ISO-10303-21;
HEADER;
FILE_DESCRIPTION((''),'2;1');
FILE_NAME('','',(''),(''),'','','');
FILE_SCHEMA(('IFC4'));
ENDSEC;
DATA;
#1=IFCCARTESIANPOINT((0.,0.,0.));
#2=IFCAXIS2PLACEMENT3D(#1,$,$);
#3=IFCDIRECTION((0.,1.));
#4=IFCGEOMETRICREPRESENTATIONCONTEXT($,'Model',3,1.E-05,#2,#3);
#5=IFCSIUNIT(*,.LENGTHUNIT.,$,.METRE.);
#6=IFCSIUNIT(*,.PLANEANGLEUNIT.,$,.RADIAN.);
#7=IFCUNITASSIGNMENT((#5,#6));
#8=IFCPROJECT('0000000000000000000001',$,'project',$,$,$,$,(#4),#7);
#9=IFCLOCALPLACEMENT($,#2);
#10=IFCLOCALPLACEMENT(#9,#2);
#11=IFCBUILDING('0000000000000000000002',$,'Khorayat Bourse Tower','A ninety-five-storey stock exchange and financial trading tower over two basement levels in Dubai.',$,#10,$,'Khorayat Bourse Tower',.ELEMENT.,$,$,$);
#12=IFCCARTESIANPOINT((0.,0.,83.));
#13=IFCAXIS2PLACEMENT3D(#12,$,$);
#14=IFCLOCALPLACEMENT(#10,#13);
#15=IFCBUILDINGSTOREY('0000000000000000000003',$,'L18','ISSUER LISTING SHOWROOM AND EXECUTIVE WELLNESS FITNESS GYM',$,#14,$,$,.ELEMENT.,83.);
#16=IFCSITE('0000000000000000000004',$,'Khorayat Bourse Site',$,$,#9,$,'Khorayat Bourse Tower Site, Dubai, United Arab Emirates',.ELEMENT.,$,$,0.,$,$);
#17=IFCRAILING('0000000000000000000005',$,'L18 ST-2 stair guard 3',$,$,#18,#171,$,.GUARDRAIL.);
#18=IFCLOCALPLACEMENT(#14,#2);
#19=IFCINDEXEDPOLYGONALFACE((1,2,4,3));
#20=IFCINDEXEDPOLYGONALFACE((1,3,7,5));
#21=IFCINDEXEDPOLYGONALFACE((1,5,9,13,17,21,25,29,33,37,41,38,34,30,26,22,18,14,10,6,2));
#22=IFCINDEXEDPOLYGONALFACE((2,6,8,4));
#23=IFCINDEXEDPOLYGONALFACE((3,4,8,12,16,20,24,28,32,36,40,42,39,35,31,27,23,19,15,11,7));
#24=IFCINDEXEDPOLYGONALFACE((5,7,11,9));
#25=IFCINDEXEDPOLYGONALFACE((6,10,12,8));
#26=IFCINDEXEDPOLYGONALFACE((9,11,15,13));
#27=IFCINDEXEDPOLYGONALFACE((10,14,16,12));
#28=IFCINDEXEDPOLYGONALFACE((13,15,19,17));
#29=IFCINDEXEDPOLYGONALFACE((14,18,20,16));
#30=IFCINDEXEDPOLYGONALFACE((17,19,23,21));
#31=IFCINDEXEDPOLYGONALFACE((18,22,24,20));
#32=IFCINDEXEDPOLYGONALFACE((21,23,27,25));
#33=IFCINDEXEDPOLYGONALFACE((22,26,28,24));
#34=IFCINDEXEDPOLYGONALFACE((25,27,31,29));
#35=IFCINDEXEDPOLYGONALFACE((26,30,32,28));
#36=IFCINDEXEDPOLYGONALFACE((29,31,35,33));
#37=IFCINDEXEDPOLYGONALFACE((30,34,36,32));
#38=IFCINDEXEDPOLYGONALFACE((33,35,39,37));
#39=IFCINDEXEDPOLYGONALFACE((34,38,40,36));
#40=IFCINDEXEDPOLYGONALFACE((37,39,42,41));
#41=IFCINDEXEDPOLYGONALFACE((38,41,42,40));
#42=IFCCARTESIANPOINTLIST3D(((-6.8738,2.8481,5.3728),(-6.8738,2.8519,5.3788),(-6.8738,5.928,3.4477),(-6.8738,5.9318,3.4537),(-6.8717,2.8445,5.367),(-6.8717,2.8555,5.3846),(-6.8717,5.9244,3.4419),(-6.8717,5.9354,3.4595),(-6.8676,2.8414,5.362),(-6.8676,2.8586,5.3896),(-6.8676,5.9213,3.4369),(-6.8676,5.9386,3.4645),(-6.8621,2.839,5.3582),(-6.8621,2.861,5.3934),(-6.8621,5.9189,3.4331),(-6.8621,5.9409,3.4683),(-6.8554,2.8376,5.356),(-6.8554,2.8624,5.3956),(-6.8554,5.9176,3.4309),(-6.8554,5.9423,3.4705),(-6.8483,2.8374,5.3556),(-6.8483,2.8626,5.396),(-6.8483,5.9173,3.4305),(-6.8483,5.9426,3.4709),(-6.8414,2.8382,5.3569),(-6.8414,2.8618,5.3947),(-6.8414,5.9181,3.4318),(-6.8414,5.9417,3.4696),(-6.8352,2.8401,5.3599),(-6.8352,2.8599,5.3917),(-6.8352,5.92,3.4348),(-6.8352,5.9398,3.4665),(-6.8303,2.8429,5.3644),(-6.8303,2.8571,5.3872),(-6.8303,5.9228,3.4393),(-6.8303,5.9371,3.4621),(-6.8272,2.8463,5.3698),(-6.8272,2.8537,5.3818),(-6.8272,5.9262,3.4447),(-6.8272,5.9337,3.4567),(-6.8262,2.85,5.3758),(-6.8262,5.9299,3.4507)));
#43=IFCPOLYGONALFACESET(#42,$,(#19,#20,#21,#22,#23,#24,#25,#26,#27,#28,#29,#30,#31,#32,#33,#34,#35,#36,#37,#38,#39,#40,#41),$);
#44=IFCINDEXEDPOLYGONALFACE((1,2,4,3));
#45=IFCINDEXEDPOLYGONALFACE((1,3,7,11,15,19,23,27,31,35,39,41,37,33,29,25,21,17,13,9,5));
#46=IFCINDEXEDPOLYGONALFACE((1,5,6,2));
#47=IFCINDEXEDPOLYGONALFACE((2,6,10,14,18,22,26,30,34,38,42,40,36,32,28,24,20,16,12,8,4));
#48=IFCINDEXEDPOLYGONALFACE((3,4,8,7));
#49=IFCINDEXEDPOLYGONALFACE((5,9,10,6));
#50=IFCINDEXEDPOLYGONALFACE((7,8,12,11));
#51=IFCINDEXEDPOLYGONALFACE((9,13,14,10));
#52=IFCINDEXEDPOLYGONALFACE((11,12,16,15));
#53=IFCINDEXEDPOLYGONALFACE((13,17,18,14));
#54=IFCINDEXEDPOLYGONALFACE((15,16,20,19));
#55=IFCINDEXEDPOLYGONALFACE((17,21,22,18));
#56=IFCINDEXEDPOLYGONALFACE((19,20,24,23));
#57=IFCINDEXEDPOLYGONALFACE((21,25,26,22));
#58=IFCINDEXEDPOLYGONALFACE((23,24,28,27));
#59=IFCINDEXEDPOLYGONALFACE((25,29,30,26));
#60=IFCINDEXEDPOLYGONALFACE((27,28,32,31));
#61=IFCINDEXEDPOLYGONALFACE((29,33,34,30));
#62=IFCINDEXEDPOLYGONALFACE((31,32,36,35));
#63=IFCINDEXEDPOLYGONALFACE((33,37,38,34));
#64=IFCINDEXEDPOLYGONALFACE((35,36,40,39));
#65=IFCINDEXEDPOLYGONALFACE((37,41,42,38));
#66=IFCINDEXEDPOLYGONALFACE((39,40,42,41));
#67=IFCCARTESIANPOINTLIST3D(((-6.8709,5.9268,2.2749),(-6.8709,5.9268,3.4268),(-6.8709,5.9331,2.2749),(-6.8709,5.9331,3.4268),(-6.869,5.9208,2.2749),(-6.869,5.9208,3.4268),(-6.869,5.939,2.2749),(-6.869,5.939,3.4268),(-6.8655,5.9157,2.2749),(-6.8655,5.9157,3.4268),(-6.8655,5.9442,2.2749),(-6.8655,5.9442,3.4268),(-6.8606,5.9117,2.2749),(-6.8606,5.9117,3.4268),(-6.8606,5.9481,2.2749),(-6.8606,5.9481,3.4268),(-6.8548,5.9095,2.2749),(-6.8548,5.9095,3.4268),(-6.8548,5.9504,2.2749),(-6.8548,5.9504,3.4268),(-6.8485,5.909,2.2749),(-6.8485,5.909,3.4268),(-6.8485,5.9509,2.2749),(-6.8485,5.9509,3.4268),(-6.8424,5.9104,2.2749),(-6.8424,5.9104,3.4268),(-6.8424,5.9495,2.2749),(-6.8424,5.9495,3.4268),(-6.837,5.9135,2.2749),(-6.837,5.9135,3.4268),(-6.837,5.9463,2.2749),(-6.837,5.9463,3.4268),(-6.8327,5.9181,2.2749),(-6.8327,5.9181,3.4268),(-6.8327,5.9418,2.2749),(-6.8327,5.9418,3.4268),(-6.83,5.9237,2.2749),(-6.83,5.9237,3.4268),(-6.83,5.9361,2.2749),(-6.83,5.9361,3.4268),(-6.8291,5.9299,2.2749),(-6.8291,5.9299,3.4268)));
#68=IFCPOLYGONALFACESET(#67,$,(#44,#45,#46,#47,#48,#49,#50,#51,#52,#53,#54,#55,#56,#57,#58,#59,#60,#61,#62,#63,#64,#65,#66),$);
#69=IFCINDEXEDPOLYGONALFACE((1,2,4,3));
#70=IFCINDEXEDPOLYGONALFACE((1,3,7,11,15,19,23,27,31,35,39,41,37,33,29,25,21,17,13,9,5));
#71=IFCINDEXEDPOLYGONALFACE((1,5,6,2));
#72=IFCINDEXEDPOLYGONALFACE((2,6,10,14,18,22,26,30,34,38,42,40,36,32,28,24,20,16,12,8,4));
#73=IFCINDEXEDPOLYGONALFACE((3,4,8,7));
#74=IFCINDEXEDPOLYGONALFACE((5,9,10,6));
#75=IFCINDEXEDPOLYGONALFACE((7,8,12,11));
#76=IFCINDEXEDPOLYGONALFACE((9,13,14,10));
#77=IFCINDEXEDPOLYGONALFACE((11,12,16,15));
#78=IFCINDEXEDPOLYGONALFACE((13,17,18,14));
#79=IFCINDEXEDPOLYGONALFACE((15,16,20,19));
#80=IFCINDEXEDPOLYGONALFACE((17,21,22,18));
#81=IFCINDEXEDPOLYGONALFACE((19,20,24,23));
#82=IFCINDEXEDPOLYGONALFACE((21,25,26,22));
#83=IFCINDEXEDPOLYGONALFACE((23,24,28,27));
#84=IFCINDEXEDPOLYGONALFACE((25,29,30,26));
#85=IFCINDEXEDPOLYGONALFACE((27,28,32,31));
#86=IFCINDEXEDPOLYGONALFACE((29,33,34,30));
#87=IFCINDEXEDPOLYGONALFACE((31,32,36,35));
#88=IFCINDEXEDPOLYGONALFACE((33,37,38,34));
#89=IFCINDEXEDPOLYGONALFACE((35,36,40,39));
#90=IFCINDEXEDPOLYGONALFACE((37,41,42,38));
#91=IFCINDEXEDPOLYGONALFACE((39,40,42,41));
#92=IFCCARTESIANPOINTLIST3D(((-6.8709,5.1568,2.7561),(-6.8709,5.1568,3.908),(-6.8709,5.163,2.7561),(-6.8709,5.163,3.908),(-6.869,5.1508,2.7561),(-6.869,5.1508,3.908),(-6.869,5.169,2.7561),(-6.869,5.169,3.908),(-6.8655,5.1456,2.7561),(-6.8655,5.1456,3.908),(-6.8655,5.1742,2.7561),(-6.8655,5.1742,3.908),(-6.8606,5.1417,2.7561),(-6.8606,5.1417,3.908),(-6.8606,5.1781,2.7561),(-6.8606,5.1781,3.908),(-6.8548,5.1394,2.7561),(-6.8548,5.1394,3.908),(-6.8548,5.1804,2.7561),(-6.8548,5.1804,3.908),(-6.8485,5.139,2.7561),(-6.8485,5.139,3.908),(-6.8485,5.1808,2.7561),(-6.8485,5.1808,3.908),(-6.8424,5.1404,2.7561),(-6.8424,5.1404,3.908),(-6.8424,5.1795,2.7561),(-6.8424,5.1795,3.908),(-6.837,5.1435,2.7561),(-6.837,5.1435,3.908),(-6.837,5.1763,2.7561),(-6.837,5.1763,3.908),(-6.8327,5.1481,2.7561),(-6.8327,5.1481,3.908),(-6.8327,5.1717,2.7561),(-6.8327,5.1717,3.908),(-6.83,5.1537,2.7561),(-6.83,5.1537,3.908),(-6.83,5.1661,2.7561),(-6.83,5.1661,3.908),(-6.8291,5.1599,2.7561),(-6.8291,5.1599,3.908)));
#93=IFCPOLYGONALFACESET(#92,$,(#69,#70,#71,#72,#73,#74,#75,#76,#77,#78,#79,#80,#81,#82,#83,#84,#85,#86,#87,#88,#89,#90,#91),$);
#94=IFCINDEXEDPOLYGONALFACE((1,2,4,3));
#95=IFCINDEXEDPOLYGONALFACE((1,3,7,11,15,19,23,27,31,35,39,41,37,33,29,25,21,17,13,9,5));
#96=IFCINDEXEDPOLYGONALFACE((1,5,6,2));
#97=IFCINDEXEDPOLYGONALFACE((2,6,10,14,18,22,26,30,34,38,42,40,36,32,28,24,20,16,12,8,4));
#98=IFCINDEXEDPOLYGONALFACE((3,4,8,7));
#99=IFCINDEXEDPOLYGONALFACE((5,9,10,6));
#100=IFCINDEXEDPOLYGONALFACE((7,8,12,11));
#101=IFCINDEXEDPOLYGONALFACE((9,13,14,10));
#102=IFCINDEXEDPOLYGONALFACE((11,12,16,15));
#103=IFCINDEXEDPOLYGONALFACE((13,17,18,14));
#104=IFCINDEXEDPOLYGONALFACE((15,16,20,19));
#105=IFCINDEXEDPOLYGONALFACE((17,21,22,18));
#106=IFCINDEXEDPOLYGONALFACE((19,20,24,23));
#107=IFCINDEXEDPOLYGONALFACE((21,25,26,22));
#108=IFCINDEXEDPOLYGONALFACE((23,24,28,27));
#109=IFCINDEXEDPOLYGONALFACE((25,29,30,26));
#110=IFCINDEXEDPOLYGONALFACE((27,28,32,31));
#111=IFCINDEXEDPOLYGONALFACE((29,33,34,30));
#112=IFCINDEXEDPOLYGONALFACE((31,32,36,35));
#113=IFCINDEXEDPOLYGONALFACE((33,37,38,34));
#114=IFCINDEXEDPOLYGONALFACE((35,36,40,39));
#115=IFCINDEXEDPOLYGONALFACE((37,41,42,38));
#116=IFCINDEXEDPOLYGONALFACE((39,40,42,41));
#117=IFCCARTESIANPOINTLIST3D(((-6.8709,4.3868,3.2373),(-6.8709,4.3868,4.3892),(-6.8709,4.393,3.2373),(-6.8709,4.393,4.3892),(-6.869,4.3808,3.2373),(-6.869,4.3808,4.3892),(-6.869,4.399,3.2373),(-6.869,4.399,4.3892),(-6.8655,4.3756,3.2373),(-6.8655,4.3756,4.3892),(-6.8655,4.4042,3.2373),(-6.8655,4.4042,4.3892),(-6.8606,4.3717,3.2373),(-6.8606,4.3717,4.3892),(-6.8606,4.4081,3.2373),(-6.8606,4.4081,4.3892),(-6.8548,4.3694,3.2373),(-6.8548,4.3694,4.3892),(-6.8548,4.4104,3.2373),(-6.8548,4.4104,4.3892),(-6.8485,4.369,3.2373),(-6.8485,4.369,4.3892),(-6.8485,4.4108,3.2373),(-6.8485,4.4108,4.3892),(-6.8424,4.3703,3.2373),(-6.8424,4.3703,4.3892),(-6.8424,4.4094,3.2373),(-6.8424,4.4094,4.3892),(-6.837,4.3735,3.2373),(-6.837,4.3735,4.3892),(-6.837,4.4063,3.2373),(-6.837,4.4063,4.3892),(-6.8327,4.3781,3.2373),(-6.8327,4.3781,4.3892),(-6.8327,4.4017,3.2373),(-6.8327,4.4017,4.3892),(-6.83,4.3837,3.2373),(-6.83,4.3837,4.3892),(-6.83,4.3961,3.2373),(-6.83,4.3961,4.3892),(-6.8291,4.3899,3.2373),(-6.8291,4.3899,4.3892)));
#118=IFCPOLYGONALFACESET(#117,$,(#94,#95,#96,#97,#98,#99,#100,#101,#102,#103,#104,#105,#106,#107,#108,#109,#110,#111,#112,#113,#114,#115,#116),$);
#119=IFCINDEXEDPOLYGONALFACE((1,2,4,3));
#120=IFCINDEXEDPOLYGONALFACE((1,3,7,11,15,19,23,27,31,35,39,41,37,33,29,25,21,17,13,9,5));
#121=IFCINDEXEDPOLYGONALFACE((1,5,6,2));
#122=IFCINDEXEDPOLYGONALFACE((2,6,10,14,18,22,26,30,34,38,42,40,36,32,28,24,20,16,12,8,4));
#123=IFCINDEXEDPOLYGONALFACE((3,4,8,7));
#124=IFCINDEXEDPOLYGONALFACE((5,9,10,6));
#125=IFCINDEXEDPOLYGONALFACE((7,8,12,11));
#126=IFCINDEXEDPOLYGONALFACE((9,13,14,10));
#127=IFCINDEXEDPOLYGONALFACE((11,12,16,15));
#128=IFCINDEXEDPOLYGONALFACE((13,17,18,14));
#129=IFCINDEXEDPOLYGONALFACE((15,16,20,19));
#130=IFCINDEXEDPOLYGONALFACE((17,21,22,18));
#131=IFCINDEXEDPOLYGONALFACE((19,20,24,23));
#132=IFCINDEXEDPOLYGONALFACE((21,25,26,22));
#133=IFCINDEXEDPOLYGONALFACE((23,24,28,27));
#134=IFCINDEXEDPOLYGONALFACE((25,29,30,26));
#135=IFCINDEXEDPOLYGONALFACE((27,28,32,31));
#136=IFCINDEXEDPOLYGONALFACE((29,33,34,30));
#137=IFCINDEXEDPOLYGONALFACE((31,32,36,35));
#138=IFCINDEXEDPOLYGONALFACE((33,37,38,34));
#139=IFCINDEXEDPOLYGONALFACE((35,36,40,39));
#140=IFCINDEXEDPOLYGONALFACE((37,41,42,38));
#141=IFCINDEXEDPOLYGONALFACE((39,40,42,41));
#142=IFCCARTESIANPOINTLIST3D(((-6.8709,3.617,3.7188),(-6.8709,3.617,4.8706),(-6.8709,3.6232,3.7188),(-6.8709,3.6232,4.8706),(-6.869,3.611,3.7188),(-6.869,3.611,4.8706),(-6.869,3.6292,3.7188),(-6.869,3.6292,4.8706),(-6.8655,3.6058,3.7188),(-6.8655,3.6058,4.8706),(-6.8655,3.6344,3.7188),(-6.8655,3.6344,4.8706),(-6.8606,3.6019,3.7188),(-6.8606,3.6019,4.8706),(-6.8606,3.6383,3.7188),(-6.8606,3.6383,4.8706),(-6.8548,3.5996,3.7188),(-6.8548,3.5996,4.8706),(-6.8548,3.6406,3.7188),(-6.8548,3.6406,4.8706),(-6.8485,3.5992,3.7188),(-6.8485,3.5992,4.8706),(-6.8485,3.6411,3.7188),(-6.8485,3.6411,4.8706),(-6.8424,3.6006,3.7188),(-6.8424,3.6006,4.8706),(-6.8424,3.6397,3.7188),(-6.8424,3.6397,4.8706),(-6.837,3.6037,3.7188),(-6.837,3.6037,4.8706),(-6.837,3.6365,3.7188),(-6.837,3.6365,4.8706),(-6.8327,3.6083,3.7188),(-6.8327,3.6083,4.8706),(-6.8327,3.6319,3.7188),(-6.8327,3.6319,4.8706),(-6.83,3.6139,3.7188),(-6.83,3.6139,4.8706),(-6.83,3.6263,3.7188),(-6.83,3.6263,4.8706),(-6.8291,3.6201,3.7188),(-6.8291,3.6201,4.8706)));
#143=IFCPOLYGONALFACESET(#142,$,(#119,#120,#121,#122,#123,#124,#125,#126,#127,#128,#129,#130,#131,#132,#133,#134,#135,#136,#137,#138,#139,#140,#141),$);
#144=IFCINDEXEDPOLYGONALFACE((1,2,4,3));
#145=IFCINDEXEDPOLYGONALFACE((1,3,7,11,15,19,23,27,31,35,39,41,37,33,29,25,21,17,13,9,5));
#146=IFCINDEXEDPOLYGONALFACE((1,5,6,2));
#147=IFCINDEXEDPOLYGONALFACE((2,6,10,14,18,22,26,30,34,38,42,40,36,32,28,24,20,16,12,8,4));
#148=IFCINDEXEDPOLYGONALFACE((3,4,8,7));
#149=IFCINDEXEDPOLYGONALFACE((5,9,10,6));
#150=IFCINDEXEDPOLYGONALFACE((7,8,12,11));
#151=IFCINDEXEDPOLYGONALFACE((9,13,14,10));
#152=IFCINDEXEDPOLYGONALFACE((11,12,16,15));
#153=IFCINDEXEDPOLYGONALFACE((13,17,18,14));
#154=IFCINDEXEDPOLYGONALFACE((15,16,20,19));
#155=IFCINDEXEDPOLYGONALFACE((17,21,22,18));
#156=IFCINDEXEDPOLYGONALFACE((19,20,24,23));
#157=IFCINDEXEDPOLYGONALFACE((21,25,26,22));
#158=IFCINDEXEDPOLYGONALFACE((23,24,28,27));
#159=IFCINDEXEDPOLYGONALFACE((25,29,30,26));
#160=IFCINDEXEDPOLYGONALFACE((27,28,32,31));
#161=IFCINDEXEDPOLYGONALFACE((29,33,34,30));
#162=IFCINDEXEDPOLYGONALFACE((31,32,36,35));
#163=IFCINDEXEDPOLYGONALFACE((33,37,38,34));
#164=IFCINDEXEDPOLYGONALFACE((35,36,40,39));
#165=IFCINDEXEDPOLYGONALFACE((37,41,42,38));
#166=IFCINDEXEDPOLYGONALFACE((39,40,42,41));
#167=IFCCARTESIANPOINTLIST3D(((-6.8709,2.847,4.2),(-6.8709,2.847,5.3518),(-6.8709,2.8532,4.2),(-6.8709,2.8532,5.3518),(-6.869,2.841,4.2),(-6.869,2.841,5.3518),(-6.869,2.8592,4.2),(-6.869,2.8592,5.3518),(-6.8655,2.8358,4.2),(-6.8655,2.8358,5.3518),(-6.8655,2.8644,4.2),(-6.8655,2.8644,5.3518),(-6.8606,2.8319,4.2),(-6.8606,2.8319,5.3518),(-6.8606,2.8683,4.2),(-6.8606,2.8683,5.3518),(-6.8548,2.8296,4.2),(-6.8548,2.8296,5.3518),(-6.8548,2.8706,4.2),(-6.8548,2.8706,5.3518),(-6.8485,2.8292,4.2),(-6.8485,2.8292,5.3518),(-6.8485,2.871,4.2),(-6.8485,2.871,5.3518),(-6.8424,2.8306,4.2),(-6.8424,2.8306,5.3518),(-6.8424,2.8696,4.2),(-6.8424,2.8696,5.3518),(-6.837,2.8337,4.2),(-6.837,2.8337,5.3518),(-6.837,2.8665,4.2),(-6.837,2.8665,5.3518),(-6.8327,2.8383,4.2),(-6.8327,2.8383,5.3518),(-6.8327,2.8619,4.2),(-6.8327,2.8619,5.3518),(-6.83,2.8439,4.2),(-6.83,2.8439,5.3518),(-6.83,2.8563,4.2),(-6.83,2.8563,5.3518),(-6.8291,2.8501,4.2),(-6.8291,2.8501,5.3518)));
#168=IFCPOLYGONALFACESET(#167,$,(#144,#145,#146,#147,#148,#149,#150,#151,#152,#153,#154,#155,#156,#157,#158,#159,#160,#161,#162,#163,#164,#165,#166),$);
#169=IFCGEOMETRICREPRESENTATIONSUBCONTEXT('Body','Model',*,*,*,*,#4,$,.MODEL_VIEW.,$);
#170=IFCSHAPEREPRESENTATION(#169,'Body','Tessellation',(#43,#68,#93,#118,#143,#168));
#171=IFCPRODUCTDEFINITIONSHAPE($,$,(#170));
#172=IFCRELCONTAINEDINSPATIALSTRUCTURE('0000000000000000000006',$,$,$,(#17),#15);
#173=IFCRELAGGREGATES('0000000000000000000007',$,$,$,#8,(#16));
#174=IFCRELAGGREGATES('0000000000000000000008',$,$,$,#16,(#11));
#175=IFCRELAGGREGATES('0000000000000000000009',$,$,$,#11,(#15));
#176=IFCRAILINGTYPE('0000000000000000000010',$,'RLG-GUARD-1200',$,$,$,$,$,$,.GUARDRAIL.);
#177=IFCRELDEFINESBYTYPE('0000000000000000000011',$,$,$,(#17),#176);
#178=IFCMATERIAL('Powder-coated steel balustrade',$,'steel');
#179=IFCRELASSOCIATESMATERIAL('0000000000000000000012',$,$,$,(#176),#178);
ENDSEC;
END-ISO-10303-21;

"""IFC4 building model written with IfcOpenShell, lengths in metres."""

from ifc_helpers import new_model, si_unit, direction, frame, origin, origin_2d, place, context, subcontext, project, spatial, circle, extrude, source, transform, mapped, material, type_object, element, save


model = new_model("IFC4")

# Units and contexts
model_context = context("Model", 3, precision=1e-05, world=origin(), true_north=direction((0.0, 1.0)))
body_context = subcontext(model_context, "Body", "Model", "MODEL_VIEW")
ifc_project = project(units=[si_unit("LENGTHUNIT", "METRE"), si_unit("PLANEANGLEUNIT", "RADIAN")], contexts=[model_context])

# Site, building, storey
site_placement = place(None, origin())
site = spatial("IfcSite", under=ifc_project, at=site_placement, Name="Khorayat Bourse Site", LongName="Khorayat Bourse Tower Site, Dubai, United Arab Emirates", CompositionType="ELEMENT", RefElevation=0.0)
building_placement = place(site_placement, origin())
building = spatial("IfcBuilding", under=site, at=building_placement, Name="Khorayat Bourse Tower", Description="A ninety-five-storey stock exchange and financial trading tower over two basement levels in Dubai.", LongName="Khorayat Bourse Tower", CompositionType="ELEMENT")
storey_placement = place(building_placement, frame((0.0, 0.0, 83.0)))
storey = spatial("IfcBuildingStorey", under=building, at=storey_placement, Name="L18", Description="ISSUER LISTING SHOWROOM AND EXECUTIVE WELLNESS FITNESS GYM", CompositionType="ELEMENT", Elevation=83.0)

# Railing
ifc_material_1 = material(Name="Powder-coated steel balustrade", Category="steel")
railing_type_1 = type_object("IfcRailingType", Name="RLG-GUARD-1200", PredefinedType="GUARDRAIL", material=ifc_material_1)
shared_shape_1 = source(origin(), body_context, "Body", "SweptSolid", [
    extrude(circle(Radius=0.0239, at=origin_2d()), frame((0.0, 0.0, 1.1758), z_axis=(0.0, -0.847979, 0.530029), x_axis=(1.0, 0.0, 0.0)), (0.0, 0.0, 1.0), 3.6321),
    extrude(circle(Radius=0.021, at=origin_2d()), origin(), (0.0, 0.0, 1.0), 1.1519),
    extrude(circle(Radius=0.021, at=origin_2d()), frame((0.0, -0.77, 0.4812)), (0.0, 0.0, 1.0), 1.1519),
    extrude(circle(Radius=0.021, at=origin_2d()), frame((0.0, -1.54, 0.9624)), (0.0, 0.0, 1.0), 1.1519),
    extrude(circle(Radius=0.021, at=origin_2d()), frame((0.0, -2.3098, 1.4438)), (0.0, 0.0, 1.0), 1.1519),
    extrude(circle(Radius=0.021, at=origin_2d()), frame((0.0, -3.0798, 1.925)), (0.0, 0.0, 1.0), 1.1519),
])
railing_1_placement = place(storey_placement, frame((-6.8501, 5.9299, 2.2749)))
element("IfcRailing", 1, at=railing_1_placement, inside=storey, type_object=railing_type_1, Name="L18 ST-2 stair guard 3", PredefinedType="GUARDRAIL", context=body_context, shape_type="MappedRepresentation", body=[
    mapped(shared_shape_1, transform((0.0, 0.0, 0.0), scale=1.0)),
])

save(model, "model.ifc")
